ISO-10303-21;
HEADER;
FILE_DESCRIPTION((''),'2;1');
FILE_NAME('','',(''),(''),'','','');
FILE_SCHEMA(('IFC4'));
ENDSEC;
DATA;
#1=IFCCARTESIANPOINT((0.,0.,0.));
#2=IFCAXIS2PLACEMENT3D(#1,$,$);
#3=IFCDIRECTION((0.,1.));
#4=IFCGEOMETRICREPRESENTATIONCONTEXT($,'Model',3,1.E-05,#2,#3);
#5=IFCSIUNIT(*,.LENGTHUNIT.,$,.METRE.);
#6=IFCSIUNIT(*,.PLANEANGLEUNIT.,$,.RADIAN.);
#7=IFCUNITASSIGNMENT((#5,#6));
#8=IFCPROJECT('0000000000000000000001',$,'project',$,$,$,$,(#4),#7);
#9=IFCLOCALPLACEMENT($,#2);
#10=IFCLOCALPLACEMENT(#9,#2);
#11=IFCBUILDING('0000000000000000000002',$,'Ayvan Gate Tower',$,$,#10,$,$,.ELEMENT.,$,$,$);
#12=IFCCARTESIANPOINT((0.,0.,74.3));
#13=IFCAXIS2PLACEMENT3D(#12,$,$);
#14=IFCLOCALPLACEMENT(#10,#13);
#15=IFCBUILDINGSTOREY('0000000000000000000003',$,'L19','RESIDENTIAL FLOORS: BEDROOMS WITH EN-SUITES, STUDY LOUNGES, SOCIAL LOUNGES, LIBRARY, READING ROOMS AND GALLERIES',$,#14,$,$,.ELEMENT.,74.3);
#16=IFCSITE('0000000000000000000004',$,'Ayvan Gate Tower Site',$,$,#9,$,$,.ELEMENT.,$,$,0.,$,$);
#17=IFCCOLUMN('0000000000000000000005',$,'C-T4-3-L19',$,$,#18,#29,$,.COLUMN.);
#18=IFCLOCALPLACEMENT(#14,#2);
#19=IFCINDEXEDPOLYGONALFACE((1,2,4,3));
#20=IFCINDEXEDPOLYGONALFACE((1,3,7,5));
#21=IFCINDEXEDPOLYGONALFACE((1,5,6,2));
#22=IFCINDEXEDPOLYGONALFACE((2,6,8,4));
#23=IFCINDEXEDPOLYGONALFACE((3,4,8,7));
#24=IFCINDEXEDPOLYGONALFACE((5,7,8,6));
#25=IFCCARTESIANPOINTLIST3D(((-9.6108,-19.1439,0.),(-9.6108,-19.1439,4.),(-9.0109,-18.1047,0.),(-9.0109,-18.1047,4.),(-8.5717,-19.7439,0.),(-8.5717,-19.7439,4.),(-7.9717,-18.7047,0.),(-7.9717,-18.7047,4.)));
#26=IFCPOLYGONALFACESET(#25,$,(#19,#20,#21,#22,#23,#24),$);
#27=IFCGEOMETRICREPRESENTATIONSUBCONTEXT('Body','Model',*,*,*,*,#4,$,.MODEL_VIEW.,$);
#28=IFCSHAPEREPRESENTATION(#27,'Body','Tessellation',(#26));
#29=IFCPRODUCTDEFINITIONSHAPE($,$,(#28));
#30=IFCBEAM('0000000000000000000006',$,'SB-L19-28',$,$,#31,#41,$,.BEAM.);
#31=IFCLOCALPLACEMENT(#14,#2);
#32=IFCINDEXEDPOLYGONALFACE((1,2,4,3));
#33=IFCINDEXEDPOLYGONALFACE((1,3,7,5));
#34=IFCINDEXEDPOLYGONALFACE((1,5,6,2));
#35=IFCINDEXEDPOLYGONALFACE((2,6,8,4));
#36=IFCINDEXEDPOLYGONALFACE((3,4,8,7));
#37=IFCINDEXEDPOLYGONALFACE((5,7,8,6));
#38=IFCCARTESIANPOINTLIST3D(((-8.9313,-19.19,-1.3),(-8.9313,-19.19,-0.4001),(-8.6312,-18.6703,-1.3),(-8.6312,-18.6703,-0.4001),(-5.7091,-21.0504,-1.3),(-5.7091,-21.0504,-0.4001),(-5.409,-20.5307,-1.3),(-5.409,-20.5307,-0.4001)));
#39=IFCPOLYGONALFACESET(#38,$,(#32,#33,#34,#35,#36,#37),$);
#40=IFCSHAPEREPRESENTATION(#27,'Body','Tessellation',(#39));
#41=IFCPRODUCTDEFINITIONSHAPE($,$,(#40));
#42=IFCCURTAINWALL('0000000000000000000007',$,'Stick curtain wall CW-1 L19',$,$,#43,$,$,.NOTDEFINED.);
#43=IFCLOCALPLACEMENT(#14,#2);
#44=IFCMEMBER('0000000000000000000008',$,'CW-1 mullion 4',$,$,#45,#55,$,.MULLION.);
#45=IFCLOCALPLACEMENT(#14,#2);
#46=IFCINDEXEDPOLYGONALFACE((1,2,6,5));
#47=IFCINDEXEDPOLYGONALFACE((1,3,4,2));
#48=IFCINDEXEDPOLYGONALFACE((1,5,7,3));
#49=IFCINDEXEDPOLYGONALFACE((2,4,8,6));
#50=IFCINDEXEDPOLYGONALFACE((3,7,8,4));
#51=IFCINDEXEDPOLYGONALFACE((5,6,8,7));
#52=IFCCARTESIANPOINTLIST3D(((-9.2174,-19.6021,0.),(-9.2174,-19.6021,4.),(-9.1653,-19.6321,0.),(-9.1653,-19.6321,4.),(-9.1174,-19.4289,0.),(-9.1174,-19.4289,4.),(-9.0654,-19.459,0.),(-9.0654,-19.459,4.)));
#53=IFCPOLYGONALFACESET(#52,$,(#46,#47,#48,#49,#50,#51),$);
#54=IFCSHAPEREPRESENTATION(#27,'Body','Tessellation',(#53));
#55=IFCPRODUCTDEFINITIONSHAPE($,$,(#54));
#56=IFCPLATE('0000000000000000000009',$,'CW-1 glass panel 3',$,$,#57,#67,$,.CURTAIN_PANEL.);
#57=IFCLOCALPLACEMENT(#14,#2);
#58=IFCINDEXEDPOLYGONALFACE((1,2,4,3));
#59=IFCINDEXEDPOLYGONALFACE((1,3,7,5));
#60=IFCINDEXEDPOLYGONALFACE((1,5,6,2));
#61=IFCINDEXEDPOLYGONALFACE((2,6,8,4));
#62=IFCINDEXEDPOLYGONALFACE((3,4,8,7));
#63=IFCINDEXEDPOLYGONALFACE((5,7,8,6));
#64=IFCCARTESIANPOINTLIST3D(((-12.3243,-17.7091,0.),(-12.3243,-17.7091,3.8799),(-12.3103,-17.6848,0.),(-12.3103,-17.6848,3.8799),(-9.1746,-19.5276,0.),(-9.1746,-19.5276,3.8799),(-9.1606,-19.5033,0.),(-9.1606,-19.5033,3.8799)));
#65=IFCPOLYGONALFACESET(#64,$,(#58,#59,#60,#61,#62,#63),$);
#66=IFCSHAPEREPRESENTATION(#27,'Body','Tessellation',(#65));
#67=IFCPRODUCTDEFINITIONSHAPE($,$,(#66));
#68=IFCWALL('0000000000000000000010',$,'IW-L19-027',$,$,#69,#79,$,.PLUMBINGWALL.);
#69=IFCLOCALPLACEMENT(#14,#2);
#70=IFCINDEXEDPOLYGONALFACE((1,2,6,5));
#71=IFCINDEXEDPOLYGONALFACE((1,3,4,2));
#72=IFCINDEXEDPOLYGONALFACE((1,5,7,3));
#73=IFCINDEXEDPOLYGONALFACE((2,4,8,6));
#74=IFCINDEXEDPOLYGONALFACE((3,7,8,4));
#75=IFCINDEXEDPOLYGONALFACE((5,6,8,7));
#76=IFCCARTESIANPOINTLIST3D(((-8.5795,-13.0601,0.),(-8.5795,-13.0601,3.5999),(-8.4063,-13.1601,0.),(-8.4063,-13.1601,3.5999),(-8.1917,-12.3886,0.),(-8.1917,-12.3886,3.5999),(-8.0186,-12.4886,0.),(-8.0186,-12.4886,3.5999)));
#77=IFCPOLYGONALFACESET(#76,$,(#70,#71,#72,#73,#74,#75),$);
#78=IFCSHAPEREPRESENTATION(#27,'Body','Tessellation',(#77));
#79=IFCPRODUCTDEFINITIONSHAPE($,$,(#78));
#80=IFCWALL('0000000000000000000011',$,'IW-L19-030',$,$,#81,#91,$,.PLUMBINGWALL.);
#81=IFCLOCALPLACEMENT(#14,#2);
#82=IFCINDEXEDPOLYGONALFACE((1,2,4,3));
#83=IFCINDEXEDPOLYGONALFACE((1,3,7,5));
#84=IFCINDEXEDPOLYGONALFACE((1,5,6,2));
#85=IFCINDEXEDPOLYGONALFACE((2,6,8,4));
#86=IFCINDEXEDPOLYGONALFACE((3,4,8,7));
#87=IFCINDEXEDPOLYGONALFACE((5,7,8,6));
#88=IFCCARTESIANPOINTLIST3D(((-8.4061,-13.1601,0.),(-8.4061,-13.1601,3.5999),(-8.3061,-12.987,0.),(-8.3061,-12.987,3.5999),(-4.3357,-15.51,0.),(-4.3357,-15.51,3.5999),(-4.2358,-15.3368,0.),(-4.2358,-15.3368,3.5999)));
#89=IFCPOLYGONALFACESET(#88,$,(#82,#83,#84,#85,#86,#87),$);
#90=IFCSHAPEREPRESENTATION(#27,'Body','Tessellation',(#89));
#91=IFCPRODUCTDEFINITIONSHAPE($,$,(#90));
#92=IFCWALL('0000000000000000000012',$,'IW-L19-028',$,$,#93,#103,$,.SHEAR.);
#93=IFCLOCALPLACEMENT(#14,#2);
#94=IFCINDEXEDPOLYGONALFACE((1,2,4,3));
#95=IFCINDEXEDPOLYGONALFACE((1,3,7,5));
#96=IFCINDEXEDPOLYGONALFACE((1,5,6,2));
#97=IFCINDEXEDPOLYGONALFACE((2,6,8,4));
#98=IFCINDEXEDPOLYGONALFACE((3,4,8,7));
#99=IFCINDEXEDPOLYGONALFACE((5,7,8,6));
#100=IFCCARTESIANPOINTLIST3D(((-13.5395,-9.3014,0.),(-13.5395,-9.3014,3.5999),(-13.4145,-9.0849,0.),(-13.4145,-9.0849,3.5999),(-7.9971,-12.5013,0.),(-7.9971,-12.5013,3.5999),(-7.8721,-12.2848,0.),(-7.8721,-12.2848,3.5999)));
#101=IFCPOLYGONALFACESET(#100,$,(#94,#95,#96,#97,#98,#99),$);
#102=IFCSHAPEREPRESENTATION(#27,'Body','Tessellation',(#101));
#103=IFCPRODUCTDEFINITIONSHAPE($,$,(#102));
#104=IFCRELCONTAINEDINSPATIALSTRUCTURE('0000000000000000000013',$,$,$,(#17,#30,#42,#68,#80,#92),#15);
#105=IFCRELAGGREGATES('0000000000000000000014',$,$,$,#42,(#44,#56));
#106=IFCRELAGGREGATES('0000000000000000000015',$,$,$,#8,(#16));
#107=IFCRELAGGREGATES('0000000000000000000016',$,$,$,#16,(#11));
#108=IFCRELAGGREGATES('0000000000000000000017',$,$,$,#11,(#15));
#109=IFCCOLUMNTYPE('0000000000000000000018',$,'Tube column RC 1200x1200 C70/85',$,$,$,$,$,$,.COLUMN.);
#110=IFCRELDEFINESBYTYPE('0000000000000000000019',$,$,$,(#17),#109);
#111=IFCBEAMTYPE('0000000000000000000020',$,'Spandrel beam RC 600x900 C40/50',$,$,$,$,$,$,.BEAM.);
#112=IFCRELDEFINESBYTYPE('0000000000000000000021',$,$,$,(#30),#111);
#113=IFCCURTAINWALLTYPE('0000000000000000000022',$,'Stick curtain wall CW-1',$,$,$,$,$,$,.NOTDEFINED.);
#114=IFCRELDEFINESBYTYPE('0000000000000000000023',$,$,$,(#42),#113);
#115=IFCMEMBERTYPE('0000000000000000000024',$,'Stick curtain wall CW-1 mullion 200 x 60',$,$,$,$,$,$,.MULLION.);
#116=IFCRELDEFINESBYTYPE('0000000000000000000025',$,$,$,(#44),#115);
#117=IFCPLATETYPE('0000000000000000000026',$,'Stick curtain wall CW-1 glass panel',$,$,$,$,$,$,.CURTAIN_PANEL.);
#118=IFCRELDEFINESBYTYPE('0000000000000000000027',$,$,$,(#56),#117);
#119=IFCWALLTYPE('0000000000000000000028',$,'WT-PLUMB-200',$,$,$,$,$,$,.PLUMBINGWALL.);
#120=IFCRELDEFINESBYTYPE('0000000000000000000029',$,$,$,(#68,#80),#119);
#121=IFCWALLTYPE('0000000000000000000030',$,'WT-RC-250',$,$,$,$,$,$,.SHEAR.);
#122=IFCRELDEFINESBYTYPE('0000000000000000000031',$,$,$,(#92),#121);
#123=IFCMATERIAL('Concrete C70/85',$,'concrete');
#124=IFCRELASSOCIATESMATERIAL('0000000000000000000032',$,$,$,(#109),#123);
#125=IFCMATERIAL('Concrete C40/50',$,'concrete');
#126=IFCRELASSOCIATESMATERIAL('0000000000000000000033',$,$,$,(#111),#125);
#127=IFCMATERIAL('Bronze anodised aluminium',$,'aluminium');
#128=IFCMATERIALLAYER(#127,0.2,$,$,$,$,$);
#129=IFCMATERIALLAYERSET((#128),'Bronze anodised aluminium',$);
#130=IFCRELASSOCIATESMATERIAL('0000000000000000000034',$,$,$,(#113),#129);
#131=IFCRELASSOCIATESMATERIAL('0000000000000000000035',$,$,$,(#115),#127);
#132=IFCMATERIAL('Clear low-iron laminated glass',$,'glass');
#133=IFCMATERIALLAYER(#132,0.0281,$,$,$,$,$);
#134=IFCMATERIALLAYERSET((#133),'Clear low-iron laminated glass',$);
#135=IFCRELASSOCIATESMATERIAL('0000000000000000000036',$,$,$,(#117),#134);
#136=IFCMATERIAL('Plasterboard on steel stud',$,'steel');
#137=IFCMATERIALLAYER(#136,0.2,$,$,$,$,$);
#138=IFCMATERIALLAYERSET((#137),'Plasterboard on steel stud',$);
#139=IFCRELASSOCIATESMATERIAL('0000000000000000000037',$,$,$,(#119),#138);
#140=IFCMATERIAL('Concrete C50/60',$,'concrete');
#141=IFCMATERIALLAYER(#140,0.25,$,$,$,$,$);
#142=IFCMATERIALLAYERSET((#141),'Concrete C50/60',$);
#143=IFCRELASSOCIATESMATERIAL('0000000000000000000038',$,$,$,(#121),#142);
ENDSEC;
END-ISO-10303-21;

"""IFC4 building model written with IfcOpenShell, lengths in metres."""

from ifc_helpers import new_model, si_unit, direction, frame, frame_2d, origin, origin_2d, place, context, subcontext, project, spatial, rectangle, extrude, material, layer, layer_set, material_profile, profile_set, type_object, element, aggregate, save


model = new_model("IFC4")

# Units and contexts
model_context = context("Model", 3, precision=1e-05, world=origin(), true_north=direction((0.0, 1.0)))
body_context = subcontext(model_context, "Body", "Model", "MODEL_VIEW")
ifc_project = project(units=[si_unit("LENGTHUNIT", "METRE"), si_unit("PLANEANGLEUNIT", "RADIAN")], contexts=[model_context])

# Site, building, storey
site_placement = place(None, origin())
site = spatial("IfcSite", under=ifc_project, at=site_placement, Name="Ayvan Gate Tower Site", CompositionType="ELEMENT", RefElevation=0.0)
building_placement = place(site_placement, origin())
building = spatial("IfcBuilding", under=site, at=building_placement, Name="Ayvan Gate Tower", CompositionType="ELEMENT")
storey_placement = place(building_placement, frame((0.0, 0.0, 74.3)))
storey = spatial("IfcBuildingStorey", under=building, at=storey_placement, Name="L19", Description="RESIDENTIAL FLOORS: BEDROOMS WITH EN-SUITES, STUDY LOUNGES, SOCIAL LOUNGES, LIBRARY, READING ROOMS AND GALLERIES", CompositionType="ELEMENT", Elevation=74.3)

# Column
ifc_material_1 = material(Name="Concrete C70/85", Category="concrete")
ifc_material_profile_1 = material_profile(ifc_material_1, rectangle(XDim=1.2, YDim=1.2, at=origin_2d()), Name="RC 1200x1200")
ifc_profile_set_1 = profile_set([ifc_material_profile_1], Name="Concrete C70/85")
column_type = type_object("IfcColumnType", Name="Tube column RC 1200x1200 C70/85", PredefinedType="COLUMN", material=ifc_profile_set_1)
column_placement = place(storey_placement, frame((-8.7913, -18.9243, 0.0), z_axis=(0.0, 0.0, 1.0), x_axis=(-0.5, -0.866025, 0.0)))
element("IfcColumn", 1, at=column_placement, inside=storey, type_object=column_type, Name="C-T4-3-L19", PredefinedType="COLUMN", context=body_context, shape_type="SweptSolid", body=[
    extrude(rectangle(XDim=1.2, YDim=1.2, at=origin_2d()), origin(), (0.0, 0.0, 1.0), 4.0),
])

# Beam
ifc_material_2 = material(Name="Concrete C40/50", Category="concrete")
ifc_material_profile_2 = material_profile(ifc_material_2, rectangle(XDim=0.6001, YDim=0.8999, at=origin_2d()), Name="RC 600x900")
ifc_profile_set_2 = profile_set([ifc_material_profile_2], Name="Concrete C40/50")
beam_type = type_object("IfcBeamType", Name="Spandrel beam RC 600x900 C40/50", PredefinedType="BEAM", material=ifc_profile_set_2)
beam_placement = place(storey_placement, frame((-8.7812, -18.9302, -0.8501), z_axis=(0.866022, -0.500006, 0.0), x_axis=(0.500006, 0.866022, 0.0)))
element("IfcBeam", 2, at=beam_placement, inside=storey, type_object=beam_type, Name="SB-L19-28", PredefinedType="BEAM", context=body_context, shape_type="SweptSolid", body=[
    extrude(rectangle(XDim=0.6001, YDim=0.8999, at=origin_2d()), origin(), (0.0, 0.0, 1.0), 3.7207),
])

# Curtain wall, member, plate
ifc_material_3 = material(Name="Bronze anodised aluminium", Category="aluminium")
ifc_layer_1 = layer(ifc_material_3, 0.2)
ifc_layer_set_1 = layer_set([ifc_layer_1], Name="Bronze anodised aluminium")
curtain_wall_type = type_object("IfcCurtainWallType", Name="Stick curtain wall CW-1", PredefinedType="NOTDEFINED", material=ifc_layer_set_1)
curtain_wall_placement = place(storey_placement, origin())
curtain_wall = element("IfcCurtainWall", 3, at=curtain_wall_placement, inside=storey, type_object=curtain_wall_type, Name="Stick curtain wall CW-1 L19", PredefinedType="NOTDEFINED")
ifc_material_profile_3 = material_profile(ifc_material_3, rectangle(XDim=0.2, YDim=0.0601, at=origin_2d()), Name="Stick curtain wall CW-1 mullion 200 x 60")
ifc_profile_set_3 = profile_set([ifc_material_profile_3], Name="Bronze anodised aluminium")
member_type = type_object("IfcMemberType", Name="Stick curtain wall CW-1 mullion 200 x 60", PredefinedType="MULLION", material=ifc_profile_set_3)
member_placement = place(storey_placement, frame((-9.1414, -19.5305, 0.0), z_axis=(0.0, 0.0, 1.0), x_axis=(-0.5, -0.866025, 0.0)))
member = element("IfcMember", 4, at=member_placement, type_object=member_type, Name="CW-1 mullion 4", PredefinedType="MULLION", context=body_context, shape_type="SweptSolid", body=[
    extrude(rectangle(XDim=0.2, YDim=0.0601, at=origin_2d()), origin(), (0.0, 0.0, 1.0), 4.0),
])
ifc_material_4 = material(Name="Clear low-iron laminated glass", Category="glass")
ifc_layer_2 = layer(ifc_material_4, 0.0281)
ifc_layer_set_2 = layer_set([ifc_layer_2], Name="Clear low-iron laminated glass")
plate_type = type_object("IfcPlateType", Name="Stick curtain wall CW-1 glass panel", PredefinedType="CURTAIN_PANEL", material=ifc_layer_set_2)
plate_placement = place(storey_placement, frame((-10.7424, -18.6062, 0.0), z_axis=(0.0, 0.0, 1.0), x_axis=(0.866025, -0.5, 0.0)))
plate = element("IfcPlate", 5, at=plate_placement, type_object=plate_type, Name="CW-1 glass panel 3", PredefinedType="CURTAIN_PANEL", context=body_context, shape_type="SweptSolid", body=[
    extrude(rectangle(XDim=3.637, YDim=0.0281, at=origin_2d()), origin(), (0.0, 0.0, 1.0), 3.8799),
])
aggregate(curtain_wall, [member, plate])

# Walls
ifc_material_5 = material(Name="Plasterboard on steel stud", Category="steel")
ifc_layer_3 = layer(ifc_material_5, 0.2)
ifc_layer_set_3 = layer_set([ifc_layer_3], Name="Plasterboard on steel stud")
wall_type_1 = type_object("IfcWallType", Name="WT-PLUMB-200", PredefinedType="PLUMBINGWALL", material=ifc_layer_set_3)
wall_1_placement = place(storey_placement, frame((-8.4929, -13.1101, 0.0), z_axis=(0.0, 0.0, 1.0), x_axis=(0.500068, 0.865986, 0.0)))
element("IfcWall", 6, at=wall_1_placement, inside=storey, type_object=wall_type_1, Name="IW-L19-027", PredefinedType="PLUMBINGWALL", context=body_context, shape_type="SweptSolid", body=[
    extrude(rectangle(XDim=0.7754, YDim=0.2, at=frame_2d((0.3877, 0.0))), origin(), (0.0, 0.0, 1.0), 3.5999),
])
wall_2_placement = place(storey_placement, frame((-8.3562, -13.0735, 0.0), z_axis=(0.0, 0.0, 1.0), x_axis=(0.866039, -0.499977, 0.0)))
element("IfcWall", 7, at=wall_2_placement, inside=storey, type_object=wall_type_1, Name="IW-L19-030", PredefinedType="PLUMBINGWALL", context=body_context, shape_type="SweptSolid", body=[
    extrude(rectangle(XDim=4.7, YDim=0.2, at=frame_2d((2.3501, 0.0))), origin(), (0.0, 0.0, 1.0), 3.5999),
])
ifc_material_6 = material(Name="Concrete C50/60", Category="concrete")
ifc_layer_4 = layer(ifc_material_6, 0.25)
ifc_layer_set_4 = layer_set([ifc_layer_4], Name="Concrete C50/60")
wall_type_2 = type_object("IfcWallType", Name="WT-RC-250", PredefinedType="SHEAR", material=ifc_layer_set_4)
wall_3_placement = place(storey_placement, frame((-7.9346, -12.3931, 0.0), z_axis=(0.0, 0.0, 1.0), x_axis=(-0.866025, 0.5, 0.0)))
element("IfcWall", 8, at=wall_3_placement, inside=storey, type_object=wall_type_2, Name="IW-L19-028", PredefinedType="SHEAR", context=body_context, shape_type="SweptSolid", body=[
    extrude(rectangle(XDim=6.3999, YDim=0.25, at=frame_2d((3.2, 0.0))), origin(), (0.0, 0.0, 1.0), 3.5999),
])

save(model, "model.ifc")
